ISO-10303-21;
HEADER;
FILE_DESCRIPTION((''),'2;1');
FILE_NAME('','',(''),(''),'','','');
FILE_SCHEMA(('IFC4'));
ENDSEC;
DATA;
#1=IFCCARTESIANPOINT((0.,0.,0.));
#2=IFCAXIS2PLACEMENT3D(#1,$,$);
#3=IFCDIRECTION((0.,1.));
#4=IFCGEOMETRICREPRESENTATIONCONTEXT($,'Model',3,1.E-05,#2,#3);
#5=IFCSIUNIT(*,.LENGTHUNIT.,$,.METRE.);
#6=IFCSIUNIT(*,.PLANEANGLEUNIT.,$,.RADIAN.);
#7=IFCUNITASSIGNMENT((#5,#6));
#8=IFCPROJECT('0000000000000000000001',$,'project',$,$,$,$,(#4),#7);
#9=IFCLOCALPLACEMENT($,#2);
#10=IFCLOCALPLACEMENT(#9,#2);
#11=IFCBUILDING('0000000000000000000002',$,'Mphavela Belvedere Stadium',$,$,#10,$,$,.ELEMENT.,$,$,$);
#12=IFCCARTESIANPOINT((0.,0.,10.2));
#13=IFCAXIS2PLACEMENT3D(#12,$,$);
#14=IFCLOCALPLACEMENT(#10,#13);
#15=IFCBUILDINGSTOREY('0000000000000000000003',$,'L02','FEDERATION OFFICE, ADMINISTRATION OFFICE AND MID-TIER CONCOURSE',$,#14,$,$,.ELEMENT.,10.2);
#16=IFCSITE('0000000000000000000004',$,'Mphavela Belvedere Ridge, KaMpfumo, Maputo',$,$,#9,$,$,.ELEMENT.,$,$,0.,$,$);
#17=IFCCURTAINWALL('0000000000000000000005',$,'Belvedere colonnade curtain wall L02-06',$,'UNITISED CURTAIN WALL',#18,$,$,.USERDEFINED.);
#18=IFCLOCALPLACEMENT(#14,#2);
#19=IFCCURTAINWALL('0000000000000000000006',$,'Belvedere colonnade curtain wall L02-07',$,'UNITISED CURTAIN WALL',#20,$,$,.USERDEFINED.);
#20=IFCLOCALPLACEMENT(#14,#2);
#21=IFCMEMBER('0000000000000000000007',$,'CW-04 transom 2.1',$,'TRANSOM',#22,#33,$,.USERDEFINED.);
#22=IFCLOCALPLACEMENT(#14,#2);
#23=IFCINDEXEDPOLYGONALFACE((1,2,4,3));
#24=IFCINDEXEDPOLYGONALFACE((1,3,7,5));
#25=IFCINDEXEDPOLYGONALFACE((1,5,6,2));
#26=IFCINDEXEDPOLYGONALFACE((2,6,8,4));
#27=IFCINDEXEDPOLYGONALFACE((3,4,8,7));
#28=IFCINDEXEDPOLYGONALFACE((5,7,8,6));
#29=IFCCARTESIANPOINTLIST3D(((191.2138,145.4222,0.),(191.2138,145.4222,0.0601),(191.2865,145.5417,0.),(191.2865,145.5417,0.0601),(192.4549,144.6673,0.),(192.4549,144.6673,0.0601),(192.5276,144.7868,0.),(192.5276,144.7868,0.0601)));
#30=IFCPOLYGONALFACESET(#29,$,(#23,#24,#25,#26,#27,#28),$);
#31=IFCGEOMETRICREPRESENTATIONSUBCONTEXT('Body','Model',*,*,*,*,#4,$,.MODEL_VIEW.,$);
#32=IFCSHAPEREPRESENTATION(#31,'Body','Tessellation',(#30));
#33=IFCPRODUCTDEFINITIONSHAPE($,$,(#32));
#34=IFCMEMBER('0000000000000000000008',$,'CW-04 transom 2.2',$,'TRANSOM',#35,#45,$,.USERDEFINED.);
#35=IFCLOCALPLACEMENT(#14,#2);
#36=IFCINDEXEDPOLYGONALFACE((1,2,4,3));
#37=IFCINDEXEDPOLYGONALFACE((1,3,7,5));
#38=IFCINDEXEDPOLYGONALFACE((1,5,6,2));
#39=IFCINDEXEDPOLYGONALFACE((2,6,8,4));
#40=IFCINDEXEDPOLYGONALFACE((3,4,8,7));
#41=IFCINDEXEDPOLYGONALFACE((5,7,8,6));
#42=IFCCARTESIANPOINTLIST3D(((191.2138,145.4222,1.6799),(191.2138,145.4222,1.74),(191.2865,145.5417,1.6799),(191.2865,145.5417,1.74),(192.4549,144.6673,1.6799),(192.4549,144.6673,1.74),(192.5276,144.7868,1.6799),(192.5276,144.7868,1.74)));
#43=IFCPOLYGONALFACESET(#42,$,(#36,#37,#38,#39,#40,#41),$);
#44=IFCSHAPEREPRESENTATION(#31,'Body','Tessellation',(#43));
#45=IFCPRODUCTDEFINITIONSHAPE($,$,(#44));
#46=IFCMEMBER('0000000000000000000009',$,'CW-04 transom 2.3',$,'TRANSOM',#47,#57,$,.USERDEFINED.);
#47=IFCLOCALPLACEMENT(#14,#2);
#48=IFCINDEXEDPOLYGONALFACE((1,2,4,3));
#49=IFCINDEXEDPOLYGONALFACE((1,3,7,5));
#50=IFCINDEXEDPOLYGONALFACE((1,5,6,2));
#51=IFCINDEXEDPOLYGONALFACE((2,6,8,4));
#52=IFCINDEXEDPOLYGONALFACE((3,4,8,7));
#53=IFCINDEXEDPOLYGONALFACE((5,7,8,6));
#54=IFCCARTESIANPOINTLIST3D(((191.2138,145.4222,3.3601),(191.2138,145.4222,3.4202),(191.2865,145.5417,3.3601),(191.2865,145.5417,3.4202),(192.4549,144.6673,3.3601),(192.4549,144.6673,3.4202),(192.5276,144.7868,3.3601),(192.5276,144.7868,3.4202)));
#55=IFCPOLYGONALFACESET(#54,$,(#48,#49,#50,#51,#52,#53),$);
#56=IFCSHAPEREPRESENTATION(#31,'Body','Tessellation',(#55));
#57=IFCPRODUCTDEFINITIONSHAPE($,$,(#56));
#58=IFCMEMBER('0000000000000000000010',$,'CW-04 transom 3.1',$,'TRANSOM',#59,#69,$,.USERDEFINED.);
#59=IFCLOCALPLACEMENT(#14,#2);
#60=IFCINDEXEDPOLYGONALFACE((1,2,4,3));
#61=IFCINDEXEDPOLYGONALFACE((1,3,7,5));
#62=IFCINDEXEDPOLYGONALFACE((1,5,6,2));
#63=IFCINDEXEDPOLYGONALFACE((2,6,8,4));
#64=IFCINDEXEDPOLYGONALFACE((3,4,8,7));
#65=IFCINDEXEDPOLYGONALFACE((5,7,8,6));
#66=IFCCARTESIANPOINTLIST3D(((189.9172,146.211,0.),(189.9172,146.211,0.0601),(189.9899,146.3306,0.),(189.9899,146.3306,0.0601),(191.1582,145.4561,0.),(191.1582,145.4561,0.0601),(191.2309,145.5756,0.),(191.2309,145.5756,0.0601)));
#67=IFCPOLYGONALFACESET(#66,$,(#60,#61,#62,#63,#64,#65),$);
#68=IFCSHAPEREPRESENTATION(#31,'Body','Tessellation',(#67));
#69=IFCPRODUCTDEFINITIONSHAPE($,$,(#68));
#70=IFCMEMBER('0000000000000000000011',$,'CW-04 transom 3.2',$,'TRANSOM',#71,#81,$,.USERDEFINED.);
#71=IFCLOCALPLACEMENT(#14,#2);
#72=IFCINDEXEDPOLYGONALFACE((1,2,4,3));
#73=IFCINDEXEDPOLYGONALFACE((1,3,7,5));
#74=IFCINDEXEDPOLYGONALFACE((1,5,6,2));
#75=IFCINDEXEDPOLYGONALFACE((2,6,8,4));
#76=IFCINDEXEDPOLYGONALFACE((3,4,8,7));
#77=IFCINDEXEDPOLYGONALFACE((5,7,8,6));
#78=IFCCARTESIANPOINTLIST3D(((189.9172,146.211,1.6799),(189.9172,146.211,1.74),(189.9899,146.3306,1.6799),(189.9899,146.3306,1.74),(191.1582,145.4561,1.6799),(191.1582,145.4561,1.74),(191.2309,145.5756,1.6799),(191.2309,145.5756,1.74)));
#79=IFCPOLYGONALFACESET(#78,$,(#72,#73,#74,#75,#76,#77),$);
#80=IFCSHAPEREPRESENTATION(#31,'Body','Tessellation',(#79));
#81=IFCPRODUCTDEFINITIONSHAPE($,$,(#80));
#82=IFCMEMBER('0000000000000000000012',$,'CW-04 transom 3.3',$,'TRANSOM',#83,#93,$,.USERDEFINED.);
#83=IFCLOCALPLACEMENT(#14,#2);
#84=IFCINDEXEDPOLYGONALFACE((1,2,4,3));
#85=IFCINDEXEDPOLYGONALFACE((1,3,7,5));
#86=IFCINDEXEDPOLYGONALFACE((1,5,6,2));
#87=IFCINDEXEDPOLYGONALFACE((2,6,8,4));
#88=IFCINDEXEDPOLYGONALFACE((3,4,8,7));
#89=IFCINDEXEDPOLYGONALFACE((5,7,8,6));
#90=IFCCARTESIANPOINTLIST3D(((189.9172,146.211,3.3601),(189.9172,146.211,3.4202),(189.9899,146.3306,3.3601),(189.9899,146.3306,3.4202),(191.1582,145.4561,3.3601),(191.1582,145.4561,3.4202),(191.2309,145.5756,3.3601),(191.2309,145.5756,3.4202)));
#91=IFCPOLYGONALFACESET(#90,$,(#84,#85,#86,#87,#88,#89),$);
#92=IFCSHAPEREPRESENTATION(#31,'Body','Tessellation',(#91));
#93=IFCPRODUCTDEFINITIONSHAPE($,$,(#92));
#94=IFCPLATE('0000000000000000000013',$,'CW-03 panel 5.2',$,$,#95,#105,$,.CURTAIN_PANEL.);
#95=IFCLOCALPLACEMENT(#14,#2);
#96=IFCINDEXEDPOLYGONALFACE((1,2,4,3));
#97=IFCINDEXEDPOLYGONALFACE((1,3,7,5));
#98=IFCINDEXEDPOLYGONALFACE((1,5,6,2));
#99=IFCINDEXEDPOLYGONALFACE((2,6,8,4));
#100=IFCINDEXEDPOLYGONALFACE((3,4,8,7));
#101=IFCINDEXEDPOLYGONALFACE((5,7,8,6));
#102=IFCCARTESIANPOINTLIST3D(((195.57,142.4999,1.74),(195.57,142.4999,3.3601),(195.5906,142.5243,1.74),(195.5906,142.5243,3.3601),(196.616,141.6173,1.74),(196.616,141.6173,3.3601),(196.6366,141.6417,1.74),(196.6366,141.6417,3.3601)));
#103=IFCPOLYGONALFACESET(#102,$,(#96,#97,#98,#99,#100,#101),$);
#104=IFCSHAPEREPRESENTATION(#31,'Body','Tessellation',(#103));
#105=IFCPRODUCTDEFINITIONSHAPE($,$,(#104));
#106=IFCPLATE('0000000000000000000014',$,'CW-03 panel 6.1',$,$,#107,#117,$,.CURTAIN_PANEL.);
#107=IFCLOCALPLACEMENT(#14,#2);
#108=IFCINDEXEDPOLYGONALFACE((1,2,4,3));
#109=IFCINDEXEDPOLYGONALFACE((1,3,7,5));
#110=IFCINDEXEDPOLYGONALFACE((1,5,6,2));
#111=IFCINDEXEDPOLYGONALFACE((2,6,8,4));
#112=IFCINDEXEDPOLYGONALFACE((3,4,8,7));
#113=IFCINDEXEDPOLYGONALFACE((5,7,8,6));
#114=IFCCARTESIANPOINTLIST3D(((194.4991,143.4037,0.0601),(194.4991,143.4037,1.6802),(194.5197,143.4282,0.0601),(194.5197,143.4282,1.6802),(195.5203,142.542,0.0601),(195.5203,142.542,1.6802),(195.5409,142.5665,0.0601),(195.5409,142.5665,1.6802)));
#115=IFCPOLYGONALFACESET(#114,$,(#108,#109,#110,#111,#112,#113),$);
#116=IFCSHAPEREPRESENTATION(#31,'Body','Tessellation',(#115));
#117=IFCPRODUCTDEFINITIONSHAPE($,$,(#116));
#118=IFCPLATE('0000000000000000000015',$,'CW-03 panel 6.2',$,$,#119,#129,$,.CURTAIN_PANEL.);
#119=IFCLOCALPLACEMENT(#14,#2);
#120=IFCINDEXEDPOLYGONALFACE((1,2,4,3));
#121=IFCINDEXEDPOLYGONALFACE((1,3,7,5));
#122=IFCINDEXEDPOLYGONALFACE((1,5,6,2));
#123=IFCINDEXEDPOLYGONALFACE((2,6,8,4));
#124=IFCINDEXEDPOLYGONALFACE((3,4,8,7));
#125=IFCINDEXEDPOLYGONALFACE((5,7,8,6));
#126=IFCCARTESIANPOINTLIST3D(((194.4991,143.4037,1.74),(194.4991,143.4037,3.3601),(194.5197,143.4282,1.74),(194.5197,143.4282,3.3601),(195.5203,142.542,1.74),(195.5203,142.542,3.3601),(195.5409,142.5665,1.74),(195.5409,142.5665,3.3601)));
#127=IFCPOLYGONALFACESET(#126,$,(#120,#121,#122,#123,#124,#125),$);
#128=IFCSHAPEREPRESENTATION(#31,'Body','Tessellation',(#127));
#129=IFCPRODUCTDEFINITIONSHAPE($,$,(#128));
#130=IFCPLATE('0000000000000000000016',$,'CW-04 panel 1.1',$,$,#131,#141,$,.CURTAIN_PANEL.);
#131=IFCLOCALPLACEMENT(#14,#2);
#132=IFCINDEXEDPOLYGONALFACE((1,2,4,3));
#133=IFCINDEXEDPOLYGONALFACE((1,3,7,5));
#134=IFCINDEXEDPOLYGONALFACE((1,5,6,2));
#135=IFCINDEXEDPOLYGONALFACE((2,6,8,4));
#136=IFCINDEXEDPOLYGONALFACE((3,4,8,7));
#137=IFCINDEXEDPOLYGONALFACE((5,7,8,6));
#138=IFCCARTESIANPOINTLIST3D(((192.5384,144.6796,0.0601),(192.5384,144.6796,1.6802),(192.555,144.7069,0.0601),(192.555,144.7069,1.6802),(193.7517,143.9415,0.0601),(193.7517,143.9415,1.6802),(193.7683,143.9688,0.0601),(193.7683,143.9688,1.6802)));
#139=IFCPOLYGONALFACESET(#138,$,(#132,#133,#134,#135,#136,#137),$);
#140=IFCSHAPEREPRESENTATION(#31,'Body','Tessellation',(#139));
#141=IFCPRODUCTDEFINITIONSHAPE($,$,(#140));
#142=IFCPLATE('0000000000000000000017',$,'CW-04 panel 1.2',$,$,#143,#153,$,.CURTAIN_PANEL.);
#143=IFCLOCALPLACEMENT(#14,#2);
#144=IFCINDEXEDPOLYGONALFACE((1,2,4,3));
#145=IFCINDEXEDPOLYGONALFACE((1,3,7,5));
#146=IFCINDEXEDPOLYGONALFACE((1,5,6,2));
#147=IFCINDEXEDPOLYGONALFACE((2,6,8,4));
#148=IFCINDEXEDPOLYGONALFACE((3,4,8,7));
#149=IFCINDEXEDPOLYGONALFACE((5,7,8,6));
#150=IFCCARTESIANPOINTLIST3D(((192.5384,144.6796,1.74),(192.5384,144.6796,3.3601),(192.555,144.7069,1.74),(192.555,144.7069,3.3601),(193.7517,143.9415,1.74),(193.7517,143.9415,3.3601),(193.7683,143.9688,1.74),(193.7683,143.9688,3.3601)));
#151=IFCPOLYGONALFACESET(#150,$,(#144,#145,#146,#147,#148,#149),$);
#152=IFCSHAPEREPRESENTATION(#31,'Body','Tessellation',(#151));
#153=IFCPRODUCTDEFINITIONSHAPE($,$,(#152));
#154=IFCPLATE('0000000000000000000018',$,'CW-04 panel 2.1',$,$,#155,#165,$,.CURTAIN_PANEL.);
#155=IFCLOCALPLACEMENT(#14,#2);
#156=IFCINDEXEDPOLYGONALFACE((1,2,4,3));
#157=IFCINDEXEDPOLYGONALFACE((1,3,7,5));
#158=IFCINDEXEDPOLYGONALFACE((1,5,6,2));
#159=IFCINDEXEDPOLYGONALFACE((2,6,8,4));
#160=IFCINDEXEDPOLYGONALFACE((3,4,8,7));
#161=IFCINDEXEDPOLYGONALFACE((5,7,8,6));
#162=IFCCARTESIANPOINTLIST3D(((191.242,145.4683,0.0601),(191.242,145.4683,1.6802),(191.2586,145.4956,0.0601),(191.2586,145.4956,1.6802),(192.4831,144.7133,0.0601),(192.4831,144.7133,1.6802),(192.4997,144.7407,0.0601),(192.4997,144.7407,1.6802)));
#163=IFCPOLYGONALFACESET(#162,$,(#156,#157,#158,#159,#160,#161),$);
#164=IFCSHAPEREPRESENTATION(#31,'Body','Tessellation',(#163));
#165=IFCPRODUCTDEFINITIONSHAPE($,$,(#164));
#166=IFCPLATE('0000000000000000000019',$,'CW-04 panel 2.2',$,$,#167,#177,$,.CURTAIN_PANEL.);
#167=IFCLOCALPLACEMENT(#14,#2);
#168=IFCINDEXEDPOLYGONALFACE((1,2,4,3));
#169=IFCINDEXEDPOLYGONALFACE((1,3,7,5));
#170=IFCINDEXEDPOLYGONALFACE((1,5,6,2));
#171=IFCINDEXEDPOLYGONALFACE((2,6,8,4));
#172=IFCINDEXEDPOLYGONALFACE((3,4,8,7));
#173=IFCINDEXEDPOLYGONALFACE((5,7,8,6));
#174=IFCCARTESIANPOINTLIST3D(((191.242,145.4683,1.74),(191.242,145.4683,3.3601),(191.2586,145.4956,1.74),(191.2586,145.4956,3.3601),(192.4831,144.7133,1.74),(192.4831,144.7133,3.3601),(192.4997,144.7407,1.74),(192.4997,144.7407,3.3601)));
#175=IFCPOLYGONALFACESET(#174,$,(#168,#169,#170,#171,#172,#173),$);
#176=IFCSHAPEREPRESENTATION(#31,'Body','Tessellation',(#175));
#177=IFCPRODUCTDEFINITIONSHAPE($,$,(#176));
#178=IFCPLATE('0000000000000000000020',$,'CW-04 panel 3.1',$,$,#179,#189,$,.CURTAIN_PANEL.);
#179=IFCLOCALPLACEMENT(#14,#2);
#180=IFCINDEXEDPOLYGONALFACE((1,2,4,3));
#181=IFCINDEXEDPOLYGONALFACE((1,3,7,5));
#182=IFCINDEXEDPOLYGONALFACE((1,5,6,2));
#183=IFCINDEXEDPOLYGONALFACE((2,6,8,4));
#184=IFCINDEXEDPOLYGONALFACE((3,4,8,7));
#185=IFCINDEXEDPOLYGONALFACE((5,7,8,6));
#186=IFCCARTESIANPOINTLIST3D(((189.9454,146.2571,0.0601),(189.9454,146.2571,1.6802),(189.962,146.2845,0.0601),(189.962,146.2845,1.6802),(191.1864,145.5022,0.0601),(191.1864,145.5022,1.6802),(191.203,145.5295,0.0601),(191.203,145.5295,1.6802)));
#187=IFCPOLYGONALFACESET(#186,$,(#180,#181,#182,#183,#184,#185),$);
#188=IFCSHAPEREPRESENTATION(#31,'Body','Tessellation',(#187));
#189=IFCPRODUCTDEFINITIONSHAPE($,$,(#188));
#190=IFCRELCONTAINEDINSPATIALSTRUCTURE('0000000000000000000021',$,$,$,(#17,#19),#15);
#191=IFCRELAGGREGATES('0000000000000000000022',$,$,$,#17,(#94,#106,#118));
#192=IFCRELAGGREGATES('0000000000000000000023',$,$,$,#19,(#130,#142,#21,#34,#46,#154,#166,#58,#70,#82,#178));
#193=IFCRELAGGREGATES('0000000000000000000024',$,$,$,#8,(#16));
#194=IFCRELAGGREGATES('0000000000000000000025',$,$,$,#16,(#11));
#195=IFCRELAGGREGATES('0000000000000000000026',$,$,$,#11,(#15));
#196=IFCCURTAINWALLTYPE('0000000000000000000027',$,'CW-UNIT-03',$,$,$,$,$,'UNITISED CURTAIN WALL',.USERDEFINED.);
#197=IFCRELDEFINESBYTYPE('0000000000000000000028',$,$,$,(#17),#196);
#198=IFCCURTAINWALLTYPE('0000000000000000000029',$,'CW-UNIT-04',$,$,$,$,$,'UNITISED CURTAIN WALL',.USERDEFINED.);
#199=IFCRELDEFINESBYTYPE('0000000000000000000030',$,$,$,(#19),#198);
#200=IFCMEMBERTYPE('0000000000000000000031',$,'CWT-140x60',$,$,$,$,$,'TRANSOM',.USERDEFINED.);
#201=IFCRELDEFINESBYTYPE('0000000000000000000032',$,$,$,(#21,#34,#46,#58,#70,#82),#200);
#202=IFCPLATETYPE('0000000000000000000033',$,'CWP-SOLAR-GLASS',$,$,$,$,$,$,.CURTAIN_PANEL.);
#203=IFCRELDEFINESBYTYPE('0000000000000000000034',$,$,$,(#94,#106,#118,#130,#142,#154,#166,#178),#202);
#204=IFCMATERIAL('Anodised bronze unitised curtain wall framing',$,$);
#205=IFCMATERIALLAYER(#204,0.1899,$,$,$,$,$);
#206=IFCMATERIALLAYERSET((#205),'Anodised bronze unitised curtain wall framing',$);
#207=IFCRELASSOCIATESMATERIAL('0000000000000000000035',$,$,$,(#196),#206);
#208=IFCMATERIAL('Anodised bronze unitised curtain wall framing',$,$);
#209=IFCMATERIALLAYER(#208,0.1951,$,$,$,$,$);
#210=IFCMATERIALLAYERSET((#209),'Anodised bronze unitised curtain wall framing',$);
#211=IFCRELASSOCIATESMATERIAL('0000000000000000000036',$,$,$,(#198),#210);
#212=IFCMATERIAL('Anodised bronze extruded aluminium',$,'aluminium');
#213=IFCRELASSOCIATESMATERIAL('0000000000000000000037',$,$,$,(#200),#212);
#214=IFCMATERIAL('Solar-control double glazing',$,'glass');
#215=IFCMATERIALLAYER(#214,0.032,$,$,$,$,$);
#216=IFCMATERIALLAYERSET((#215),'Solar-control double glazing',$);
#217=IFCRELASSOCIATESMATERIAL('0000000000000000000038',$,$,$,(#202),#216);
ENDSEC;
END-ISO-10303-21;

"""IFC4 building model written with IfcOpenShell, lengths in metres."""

from ifc_helpers import new_model, si_unit, direction, frame, origin, origin_2d, place, context, subcontext, project, spatial, rectangle, extrude, material, layer, layer_set, material_profile, profile_set, type_object, element, aggregate, save


model = new_model("IFC4")

# Units and contexts
model_context = context("Model", 3, precision=1e-05, world=origin(), true_north=direction((0.0, 1.0)))
body_context = subcontext(model_context, "Body", "Model", "MODEL_VIEW")
ifc_project = project(units=[si_unit("LENGTHUNIT", "METRE"), si_unit("PLANEANGLEUNIT", "RADIAN")], contexts=[model_context])

# Site, building, storey
site_placement = place(None, origin())
site = spatial("IfcSite", under=ifc_project, at=site_placement, Name="Mphavela Belvedere Ridge, KaMpfumo, Maputo", CompositionType="ELEMENT", RefElevation=0.0)
building_placement = place(site_placement, origin())
building = spatial("IfcBuilding", under=site, at=building_placement, Name="Mphavela Belvedere Stadium", CompositionType="ELEMENT")
storey_placement = place(building_placement, frame((0.0, 0.0, 10.2)))
storey = spatial("IfcBuildingStorey", under=building, at=storey_placement, Name="L02", Description="FEDERATION OFFICE, ADMINISTRATION OFFICE AND MID-TIER CONCOURSE", CompositionType="ELEMENT", Elevation=10.2)

# Curtain walls
ifc_material_1 = material(Name="Anodised bronze unitised curtain wall framing")
ifc_layer_1 = layer(ifc_material_1, 0.1899)
ifc_layer_set_1 = layer_set([ifc_layer_1], Name="Anodised bronze unitised curtain wall framing")
curtain_wall_type_1 = type_object("IfcCurtainWallType", Name="CW-UNIT-03", ElementType="UNITISED CURTAIN WALL", PredefinedType="USERDEFINED", material=ifc_layer_set_1)
curtain_wall_1_placement = place(storey_placement, origin())
curtain_wall_1 = element("IfcCurtainWall", 1, at=curtain_wall_1_placement, inside=storey, type_object=curtain_wall_type_1, Name="Belvedere colonnade curtain wall L02-06", ObjectType="UNITISED CURTAIN WALL", PredefinedType="USERDEFINED")
ifc_material_2 = material(Name="Anodised bronze unitised curtain wall framing")
ifc_layer_2 = layer(ifc_material_2, 0.1951)
ifc_layer_set_2 = layer_set([ifc_layer_2], Name="Anodised bronze unitised curtain wall framing")
curtain_wall_type_2 = type_object("IfcCurtainWallType", Name="CW-UNIT-04", ElementType="UNITISED CURTAIN WALL", PredefinedType="USERDEFINED", material=ifc_layer_set_2)
curtain_wall_2_placement = place(storey_placement, origin())
curtain_wall_2 = element("IfcCurtainWall", 2, at=curtain_wall_2_placement, inside=storey, type_object=curtain_wall_type_2, Name="Belvedere colonnade curtain wall L02-07", ObjectType="UNITISED CURTAIN WALL", PredefinedType="USERDEFINED")

# Members
ifc_material_3 = material(Name="Anodised bronze extruded aluminium", Category="aluminium")
ifc_material_profile_1 = material_profile(ifc_material_3, rectangle(XDim=0.1399, YDim=0.0601, at=origin_2d()), Name="CW-TRN 140x60")
ifc_profile_set_1 = profile_set([ifc_material_profile_1], Name="Anodised bronze extruded aluminium")
member_type_1 = type_object("IfcMemberType", Name="CWT-140x60", ElementType="TRANSOM", PredefinedType="USERDEFINED", material=ifc_profile_set_1)
member_1_placement = place(storey_placement, frame((192.4912, 144.7271, 0.03), z_axis=(-0.854348, 0.519702, 0.0), x_axis=(-0.519702, -0.854348, 0.0)))
member_1 = element("IfcMember", 3, at=member_1_placement, type_object=member_type_1, Name="CW-04 transom 2.1", ObjectType="TRANSOM", PredefinedType="USERDEFINED", context=body_context, shape_type="SweptSolid", body=[
    extrude(rectangle(XDim=0.1399, YDim=0.0601, at=origin_2d()), origin(), (0.0, 0.0, 1.0), 1.4526),
])
member_2_placement = place(storey_placement, frame((192.4912, 144.7271, 1.71), z_axis=(-0.854348, 0.519702, 0.0), x_axis=(-0.519702, -0.854348, 0.0)))
member_2 = element("IfcMember", 4, at=member_2_placement, type_object=member_type_1, Name="CW-04 transom 2.2", ObjectType="TRANSOM", PredefinedType="USERDEFINED", context=body_context, shape_type="SweptSolid", body=[
    extrude(rectangle(XDim=0.1399, YDim=0.0601, at=origin_2d()), origin(), (0.0, 0.0, 1.0), 1.4526),
])
member_3_placement = place(storey_placement, frame((192.4912, 144.7271, 3.3901), z_axis=(-0.854348, 0.519702, 0.0), x_axis=(-0.519702, -0.854348, 0.0)))
member_3 = element("IfcMember", 5, at=member_3_placement, type_object=member_type_1, Name="CW-04 transom 2.3", ObjectType="TRANSOM", PredefinedType="USERDEFINED", context=body_context, shape_type="SweptSolid", body=[
    extrude(rectangle(XDim=0.1399, YDim=0.0601, at=origin_2d()), origin(), (0.0, 0.0, 1.0), 1.4526),
])
member_4_placement = place(storey_placement, frame((191.1946, 145.5159, 0.03), z_axis=(-0.854348, 0.519702, 0.0), x_axis=(-0.519702, -0.854348, 0.0)))
member_4 = element("IfcMember", 6, at=member_4_placement, type_object=member_type_1, Name="CW-04 transom 3.1", ObjectType="TRANSOM", PredefinedType="USERDEFINED", context=body_context, shape_type="SweptSolid", body=[
    extrude(rectangle(XDim=0.1399, YDim=0.0601, at=origin_2d()), origin(), (0.0, 0.0, 1.0), 1.4526),
])
member_5_placement = place(storey_placement, frame((191.1946, 145.5159, 1.71), z_axis=(-0.854348, 0.519702, 0.0), x_axis=(-0.519702, -0.854348, 0.0)))
member_5 = element("IfcMember", 7, at=member_5_placement, type_object=member_type_1, Name="CW-04 transom 3.2", ObjectType="TRANSOM", PredefinedType="USERDEFINED", context=body_context, shape_type="SweptSolid", body=[
    extrude(rectangle(XDim=0.1399, YDim=0.0601, at=origin_2d()), origin(), (0.0, 0.0, 1.0), 1.4526),
])
member_6_placement = place(storey_placement, frame((191.1946, 145.5159, 3.3901), z_axis=(-0.854348, 0.519702, 0.0), x_axis=(-0.519702, -0.854348, 0.0)))
member_6 = element("IfcMember", 8, at=member_6_placement, type_object=member_type_1, Name="CW-04 transom 3.3", ObjectType="TRANSOM", PredefinedType="USERDEFINED", context=body_context, shape_type="SweptSolid", body=[
    extrude(rectangle(XDim=0.1399, YDim=0.0601, at=origin_2d()), origin(), (0.0, 0.0, 1.0), 1.4526),
])

# Plates
ifc_material_4 = material(Name="Solar-control double glazing", Category="glass")
ifc_layer_3 = layer(ifc_material_4, 0.032)
ifc_layer_set_3 = layer_set([ifc_layer_3], Name="Solar-control double glazing")
plate_type = type_object("IfcPlateType", Name="CWP-SOLAR-GLASS", PredefinedType="CURTAIN_PANEL", material=ifc_layer_set_3)
plate_1_placement = place(storey_placement, frame((196.1033, 142.0708, 1.74), z_axis=(0.0, 0.0, 1.0), x_axis=(-0.764261, 0.644907, 0.0)))
plate_1 = element("IfcPlate", 9, at=plate_1_placement, type_object=plate_type, Name="CW-03 panel 5.2", PredefinedType="CURTAIN_PANEL", context=body_context, shape_type="SweptSolid", body=[
    extrude(rectangle(XDim=1.3687, YDim=0.032, at=origin_2d()), origin(), (0.0, 0.0, 1.0), 1.6201),
])
plate_2_placement = place(storey_placement, frame((195.02, 142.9851, 0.0601), z_axis=(0.0, 0.0, 1.0), x_axis=(-0.764261, 0.644907, 0.0)))
plate_2 = element("IfcPlate", 10, at=plate_2_placement, type_object=plate_type, Name="CW-03 panel 6.1", PredefinedType="CURTAIN_PANEL", context=body_context, shape_type="SweptSolid", body=[
    extrude(rectangle(XDim=1.3362, YDim=0.032, at=origin_2d()), origin(), (0.0, 0.0, 1.0), 1.6201),
])
plate_3_placement = place(storey_placement, frame((195.02, 142.9851, 1.74), z_axis=(0.0, 0.0, 1.0), x_axis=(-0.764261, 0.644907, 0.0)))
plate_3 = element("IfcPlate", 11, at=plate_3_placement, type_object=plate_type, Name="CW-03 panel 6.2", PredefinedType="CURTAIN_PANEL", context=body_context, shape_type="SweptSolid", body=[
    extrude(rectangle(XDim=1.3362, YDim=0.032, at=origin_2d()), origin(), (0.0, 0.0, 1.0), 1.6201),
])
aggregate(curtain_wall_1, [plate_1, plate_2, plate_3])
plate_4_placement = place(storey_placement, frame((193.1533, 144.3242, 0.0601), z_axis=(0.0, 0.0, 1.0), x_axis=(-0.85433, 0.519732, 0.0)))
plate_4 = element("IfcPlate", 12, at=plate_4_placement, type_object=plate_type, Name="CW-04 panel 1.1", PredefinedType="CURTAIN_PANEL", context=body_context, shape_type="SweptSolid", body=[
    extrude(rectangle(XDim=1.4202, YDim=0.032, at=origin_2d()), origin(), (0.0, 0.0, 1.0), 1.6201),
])
plate_5_placement = place(storey_placement, frame((193.1533, 144.3242, 1.74), z_axis=(0.0, 0.0, 1.0), x_axis=(-0.85433, 0.519732, 0.0)))
plate_5 = element("IfcPlate", 13, at=plate_5_placement, type_object=plate_type, Name="CW-04 panel 1.2", PredefinedType="CURTAIN_PANEL", context=body_context, shape_type="SweptSolid", body=[
    extrude(rectangle(XDim=1.4202, YDim=0.032, at=origin_2d()), origin(), (0.0, 0.0, 1.0), 1.6201),
])
plate_6_placement = place(storey_placement, frame((191.8708, 145.1045, 0.0601), z_axis=(0.0, 0.0, 1.0), x_axis=(-0.85433, 0.519732, 0.0)))
plate_6 = element("IfcPlate", 14, at=plate_6_placement, type_object=plate_type, Name="CW-04 panel 2.1", PredefinedType="CURTAIN_PANEL", context=body_context, shape_type="SweptSolid", body=[
    extrude(rectangle(XDim=1.4526, YDim=0.032, at=origin_2d()), origin(), (0.0, 0.0, 1.0), 1.6201),
])
plate_7_placement = place(storey_placement, frame((191.8708, 145.1045, 1.74), z_axis=(0.0, 0.0, 1.0), x_axis=(-0.85433, 0.519732, 0.0)))
plate_7 = element("IfcPlate", 15, at=plate_7_placement, type_object=plate_type, Name="CW-04 panel 2.2", PredefinedType="CURTAIN_PANEL", context=body_context, shape_type="SweptSolid", body=[
    extrude(rectangle(XDim=1.4526, YDim=0.032, at=origin_2d()), origin(), (0.0, 0.0, 1.0), 1.6201),
])
plate_8_placement = place(storey_placement, frame((190.5742, 145.8933, 0.0601), z_axis=(0.0, 0.0, 1.0), x_axis=(-0.85433, 0.519732, 0.0)))
plate_8 = element("IfcPlate", 16, at=plate_8_placement, type_object=plate_type, Name="CW-04 panel 3.1", PredefinedType="CURTAIN_PANEL", context=body_context, shape_type="SweptSolid", body=[
    extrude(rectangle(XDim=1.4526, YDim=0.032, at=origin_2d()), origin(), (0.0, 0.0, 1.0), 1.6201),
])
aggregate(curtain_wall_2, [plate_4, plate_5, member_1, member_2, member_3, plate_6, plate_7, member_4, member_5, member_6, plate_8])

save(model, "model.ifc")
